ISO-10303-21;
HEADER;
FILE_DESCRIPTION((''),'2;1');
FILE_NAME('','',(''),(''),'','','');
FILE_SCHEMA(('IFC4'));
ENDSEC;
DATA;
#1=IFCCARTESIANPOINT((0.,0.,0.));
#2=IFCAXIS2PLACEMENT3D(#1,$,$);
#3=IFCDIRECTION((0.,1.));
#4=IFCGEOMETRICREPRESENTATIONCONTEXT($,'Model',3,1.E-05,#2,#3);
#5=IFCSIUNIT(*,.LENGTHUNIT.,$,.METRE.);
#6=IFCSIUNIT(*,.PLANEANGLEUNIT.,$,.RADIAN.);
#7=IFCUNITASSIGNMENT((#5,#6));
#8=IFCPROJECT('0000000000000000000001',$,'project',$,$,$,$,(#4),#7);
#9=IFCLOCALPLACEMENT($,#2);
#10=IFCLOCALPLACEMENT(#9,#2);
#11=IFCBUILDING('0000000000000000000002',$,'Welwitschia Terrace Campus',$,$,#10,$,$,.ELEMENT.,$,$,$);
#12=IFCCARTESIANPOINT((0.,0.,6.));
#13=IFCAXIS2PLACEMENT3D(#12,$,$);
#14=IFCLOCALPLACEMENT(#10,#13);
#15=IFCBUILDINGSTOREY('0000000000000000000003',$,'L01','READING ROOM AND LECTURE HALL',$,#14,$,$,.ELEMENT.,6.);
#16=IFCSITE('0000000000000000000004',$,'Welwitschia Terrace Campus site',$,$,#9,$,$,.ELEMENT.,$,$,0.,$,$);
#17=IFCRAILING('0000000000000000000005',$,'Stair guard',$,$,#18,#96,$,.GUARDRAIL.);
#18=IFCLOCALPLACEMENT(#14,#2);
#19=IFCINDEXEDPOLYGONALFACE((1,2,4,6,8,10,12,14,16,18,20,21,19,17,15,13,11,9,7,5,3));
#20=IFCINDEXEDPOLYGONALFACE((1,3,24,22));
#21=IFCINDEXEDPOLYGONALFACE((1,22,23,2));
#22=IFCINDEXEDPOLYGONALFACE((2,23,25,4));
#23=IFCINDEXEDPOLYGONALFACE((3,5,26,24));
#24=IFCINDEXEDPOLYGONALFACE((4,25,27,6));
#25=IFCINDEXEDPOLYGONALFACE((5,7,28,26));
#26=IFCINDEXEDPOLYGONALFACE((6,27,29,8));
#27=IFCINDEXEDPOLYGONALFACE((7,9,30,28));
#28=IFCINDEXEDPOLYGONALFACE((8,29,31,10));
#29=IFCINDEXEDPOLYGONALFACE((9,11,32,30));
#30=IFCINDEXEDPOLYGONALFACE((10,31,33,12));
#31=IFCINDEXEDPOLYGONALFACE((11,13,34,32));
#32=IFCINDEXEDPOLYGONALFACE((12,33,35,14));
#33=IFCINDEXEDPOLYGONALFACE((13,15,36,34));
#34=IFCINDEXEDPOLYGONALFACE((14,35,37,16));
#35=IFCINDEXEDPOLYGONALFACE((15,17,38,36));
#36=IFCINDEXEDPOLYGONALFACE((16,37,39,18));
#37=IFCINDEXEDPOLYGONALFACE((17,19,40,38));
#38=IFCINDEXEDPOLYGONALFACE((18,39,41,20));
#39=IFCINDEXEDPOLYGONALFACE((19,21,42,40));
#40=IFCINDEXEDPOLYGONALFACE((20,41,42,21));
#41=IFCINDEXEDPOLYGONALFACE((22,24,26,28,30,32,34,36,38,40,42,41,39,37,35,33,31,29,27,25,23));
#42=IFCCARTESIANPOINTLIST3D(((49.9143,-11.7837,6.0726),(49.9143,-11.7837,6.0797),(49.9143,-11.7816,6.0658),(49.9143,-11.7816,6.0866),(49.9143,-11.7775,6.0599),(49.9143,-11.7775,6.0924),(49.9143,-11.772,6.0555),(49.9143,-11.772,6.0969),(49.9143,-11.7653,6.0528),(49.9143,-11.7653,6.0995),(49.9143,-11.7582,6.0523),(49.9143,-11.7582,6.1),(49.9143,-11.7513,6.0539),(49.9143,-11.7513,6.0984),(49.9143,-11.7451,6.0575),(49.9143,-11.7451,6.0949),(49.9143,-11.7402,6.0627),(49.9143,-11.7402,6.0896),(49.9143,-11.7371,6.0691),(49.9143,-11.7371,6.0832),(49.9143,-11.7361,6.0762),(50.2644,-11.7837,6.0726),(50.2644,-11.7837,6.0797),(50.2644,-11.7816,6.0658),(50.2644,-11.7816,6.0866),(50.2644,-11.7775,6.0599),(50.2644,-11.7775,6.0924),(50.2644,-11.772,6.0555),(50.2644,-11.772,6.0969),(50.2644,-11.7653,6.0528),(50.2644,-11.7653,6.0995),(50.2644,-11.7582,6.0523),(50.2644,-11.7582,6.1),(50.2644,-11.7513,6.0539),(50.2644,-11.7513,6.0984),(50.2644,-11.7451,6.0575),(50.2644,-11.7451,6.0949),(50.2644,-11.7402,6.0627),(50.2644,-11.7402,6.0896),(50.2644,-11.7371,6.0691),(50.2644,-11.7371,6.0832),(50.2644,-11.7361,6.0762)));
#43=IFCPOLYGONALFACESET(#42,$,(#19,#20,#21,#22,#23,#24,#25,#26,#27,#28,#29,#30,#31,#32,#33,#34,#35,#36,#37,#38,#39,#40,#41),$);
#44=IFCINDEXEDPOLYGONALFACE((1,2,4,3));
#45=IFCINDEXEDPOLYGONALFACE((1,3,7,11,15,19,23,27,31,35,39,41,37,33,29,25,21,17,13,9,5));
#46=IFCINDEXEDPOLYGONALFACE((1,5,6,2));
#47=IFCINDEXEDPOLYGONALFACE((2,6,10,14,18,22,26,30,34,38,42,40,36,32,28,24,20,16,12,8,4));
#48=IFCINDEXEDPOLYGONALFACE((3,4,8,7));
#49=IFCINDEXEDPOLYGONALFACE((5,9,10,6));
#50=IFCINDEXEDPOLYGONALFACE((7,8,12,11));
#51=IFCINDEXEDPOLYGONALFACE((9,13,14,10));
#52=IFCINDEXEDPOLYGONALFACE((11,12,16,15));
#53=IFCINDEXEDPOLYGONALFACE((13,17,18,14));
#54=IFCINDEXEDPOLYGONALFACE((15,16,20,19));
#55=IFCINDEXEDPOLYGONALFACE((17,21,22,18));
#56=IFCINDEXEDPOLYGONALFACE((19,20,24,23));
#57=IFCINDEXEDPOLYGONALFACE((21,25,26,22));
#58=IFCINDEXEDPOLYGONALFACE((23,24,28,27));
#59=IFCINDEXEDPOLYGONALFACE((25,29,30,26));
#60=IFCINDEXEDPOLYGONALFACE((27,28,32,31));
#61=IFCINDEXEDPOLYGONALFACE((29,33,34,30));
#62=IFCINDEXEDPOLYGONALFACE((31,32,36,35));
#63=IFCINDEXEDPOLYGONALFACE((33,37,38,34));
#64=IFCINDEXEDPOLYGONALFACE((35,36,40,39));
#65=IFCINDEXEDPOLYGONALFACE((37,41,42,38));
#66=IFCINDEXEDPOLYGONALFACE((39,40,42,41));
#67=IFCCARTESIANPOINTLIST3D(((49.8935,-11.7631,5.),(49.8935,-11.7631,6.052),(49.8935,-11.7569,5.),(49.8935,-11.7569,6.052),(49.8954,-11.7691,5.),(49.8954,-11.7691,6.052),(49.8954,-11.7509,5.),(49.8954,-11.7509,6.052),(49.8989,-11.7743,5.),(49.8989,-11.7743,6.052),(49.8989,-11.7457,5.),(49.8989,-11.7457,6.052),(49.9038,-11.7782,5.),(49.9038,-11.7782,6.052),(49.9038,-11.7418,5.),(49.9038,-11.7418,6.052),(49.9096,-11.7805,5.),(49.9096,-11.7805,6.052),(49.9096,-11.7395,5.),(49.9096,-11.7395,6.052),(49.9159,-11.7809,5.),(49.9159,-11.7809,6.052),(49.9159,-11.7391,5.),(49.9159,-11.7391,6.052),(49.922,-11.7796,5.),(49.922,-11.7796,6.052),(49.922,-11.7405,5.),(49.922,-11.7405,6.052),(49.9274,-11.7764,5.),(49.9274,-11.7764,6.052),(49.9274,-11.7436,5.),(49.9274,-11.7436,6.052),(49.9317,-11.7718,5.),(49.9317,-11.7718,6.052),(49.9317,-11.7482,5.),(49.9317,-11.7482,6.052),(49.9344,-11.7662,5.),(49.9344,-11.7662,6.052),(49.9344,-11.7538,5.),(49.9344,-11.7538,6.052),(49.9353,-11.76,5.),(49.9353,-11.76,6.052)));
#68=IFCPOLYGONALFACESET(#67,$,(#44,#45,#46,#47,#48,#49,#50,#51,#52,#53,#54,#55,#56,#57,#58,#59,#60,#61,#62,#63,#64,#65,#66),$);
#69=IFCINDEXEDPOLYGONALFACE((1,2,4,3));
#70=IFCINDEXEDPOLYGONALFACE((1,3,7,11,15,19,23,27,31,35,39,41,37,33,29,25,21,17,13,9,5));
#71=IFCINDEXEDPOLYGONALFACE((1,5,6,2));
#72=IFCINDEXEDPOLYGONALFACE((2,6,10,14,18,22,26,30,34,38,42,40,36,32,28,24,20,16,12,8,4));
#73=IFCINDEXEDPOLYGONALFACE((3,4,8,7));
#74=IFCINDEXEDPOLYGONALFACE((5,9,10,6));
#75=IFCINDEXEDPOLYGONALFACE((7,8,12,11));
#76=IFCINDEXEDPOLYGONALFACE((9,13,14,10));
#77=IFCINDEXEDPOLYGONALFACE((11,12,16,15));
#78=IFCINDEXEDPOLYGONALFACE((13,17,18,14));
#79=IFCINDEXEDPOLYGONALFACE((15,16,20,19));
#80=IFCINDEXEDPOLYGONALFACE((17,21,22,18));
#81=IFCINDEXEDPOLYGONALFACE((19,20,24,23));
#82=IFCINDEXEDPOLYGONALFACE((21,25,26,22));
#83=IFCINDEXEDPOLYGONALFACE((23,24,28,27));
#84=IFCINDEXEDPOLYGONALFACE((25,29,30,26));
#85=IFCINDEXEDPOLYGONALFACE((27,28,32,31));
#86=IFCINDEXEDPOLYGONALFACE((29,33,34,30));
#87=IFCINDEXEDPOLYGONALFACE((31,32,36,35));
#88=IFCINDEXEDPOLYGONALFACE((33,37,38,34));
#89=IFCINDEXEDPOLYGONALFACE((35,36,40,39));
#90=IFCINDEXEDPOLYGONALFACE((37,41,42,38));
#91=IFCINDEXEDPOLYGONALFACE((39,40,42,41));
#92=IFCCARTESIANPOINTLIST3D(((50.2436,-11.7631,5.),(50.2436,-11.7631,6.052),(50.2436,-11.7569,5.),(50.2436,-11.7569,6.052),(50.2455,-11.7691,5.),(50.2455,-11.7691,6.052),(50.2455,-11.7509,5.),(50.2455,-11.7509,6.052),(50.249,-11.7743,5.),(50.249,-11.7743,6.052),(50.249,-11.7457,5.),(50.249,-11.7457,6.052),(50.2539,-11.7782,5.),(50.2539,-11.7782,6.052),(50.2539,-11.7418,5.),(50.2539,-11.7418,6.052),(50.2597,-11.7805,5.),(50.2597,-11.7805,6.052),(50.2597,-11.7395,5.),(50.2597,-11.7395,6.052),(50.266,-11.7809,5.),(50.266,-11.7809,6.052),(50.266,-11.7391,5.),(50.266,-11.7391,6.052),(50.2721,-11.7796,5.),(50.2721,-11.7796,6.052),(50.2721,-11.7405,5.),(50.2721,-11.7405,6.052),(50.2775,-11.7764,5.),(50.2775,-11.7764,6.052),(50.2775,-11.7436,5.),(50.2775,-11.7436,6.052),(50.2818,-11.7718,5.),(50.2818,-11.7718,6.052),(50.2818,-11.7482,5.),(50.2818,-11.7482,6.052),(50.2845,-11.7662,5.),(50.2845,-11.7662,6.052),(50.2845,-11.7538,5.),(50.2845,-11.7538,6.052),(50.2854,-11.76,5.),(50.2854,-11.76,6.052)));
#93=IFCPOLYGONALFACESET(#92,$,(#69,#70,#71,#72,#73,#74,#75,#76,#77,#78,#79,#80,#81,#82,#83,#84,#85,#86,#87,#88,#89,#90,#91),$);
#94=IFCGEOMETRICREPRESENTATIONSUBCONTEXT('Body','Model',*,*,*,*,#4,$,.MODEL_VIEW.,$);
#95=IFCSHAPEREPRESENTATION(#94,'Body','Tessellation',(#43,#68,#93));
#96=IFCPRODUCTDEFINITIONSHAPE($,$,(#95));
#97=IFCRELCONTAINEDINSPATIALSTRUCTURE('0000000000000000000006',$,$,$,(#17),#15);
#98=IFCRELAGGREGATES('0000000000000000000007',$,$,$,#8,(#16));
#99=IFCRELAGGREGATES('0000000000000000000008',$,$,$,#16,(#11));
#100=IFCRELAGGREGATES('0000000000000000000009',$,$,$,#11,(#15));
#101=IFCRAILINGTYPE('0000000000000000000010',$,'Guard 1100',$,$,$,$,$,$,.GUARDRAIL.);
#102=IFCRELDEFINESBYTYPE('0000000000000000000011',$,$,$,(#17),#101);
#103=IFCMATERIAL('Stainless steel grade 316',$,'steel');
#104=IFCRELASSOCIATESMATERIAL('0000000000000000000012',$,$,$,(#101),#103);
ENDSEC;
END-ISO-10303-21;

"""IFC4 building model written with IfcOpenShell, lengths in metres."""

from ifc_helpers import new_model, si_unit, direction, frame, origin, origin_2d, place, context, subcontext, project, spatial, circle, extrude, material, type_object, element, save


model = new_model("IFC4")

# Units and contexts
model_context = context("Model", 3, precision=1e-05, world=origin(), true_north=direction((0.0, 1.0)))
body_context = subcontext(model_context, "Body", "Model", "MODEL_VIEW")
ifc_project = project(units=[si_unit("LENGTHUNIT", "METRE"), si_unit("PLANEANGLEUNIT", "RADIAN")], contexts=[model_context])

# Site, building, storey
site_placement = place(None, origin())
site = spatial("IfcSite", under=ifc_project, at=site_placement, Name="Welwitschia Terrace Campus site", CompositionType="ELEMENT", RefElevation=0.0)
building_placement = place(site_placement, origin())
building = spatial("IfcBuilding", under=site, at=building_placement, Name="Welwitschia Terrace Campus", CompositionType="ELEMENT")
storey_placement = place(building_placement, frame((0.0, 0.0, 6.0)))
storey = spatial("IfcBuildingStorey", under=building, at=storey_placement, Name="L01", Description="READING ROOM AND LECTURE HALL", CompositionType="ELEMENT", Elevation=6.0)

# Railing
ifc_material_1 = material(Name="Stainless steel grade 316", Category="steel")
railing_type_1 = type_object("IfcRailingType", Name="Guard 1100", PredefinedType="GUARDRAIL", material=ifc_material_1)
railing_1_placement = place(storey_placement, frame((49.9143, -11.76, 5.0)))
element("IfcRailing", 1, at=railing_1_placement, inside=storey, type_object=railing_type_1, Name="Stair guard", PredefinedType="GUARDRAIL", context=body_context, shape_type="SweptSolid", body=[
    extrude(circle(Radius=0.0239, at=origin_2d()), frame((0.0, 0.0, 1.0762), z_axis=(1.0, 0.0, 0.0), x_axis=(0.0, 1.0, 0.0)), (0.0, 0.0, 1.0), 0.3501),
    extrude(circle(Radius=0.021, at=origin_2d()), origin(), (0.0, 0.0, 1.0), 1.052),
    extrude(circle(Radius=0.021, at=origin_2d()), frame((0.3501, 0.0, 0.0)), (0.0, 0.0, 1.0), 1.052),
])

save(model, "model.ifc")
